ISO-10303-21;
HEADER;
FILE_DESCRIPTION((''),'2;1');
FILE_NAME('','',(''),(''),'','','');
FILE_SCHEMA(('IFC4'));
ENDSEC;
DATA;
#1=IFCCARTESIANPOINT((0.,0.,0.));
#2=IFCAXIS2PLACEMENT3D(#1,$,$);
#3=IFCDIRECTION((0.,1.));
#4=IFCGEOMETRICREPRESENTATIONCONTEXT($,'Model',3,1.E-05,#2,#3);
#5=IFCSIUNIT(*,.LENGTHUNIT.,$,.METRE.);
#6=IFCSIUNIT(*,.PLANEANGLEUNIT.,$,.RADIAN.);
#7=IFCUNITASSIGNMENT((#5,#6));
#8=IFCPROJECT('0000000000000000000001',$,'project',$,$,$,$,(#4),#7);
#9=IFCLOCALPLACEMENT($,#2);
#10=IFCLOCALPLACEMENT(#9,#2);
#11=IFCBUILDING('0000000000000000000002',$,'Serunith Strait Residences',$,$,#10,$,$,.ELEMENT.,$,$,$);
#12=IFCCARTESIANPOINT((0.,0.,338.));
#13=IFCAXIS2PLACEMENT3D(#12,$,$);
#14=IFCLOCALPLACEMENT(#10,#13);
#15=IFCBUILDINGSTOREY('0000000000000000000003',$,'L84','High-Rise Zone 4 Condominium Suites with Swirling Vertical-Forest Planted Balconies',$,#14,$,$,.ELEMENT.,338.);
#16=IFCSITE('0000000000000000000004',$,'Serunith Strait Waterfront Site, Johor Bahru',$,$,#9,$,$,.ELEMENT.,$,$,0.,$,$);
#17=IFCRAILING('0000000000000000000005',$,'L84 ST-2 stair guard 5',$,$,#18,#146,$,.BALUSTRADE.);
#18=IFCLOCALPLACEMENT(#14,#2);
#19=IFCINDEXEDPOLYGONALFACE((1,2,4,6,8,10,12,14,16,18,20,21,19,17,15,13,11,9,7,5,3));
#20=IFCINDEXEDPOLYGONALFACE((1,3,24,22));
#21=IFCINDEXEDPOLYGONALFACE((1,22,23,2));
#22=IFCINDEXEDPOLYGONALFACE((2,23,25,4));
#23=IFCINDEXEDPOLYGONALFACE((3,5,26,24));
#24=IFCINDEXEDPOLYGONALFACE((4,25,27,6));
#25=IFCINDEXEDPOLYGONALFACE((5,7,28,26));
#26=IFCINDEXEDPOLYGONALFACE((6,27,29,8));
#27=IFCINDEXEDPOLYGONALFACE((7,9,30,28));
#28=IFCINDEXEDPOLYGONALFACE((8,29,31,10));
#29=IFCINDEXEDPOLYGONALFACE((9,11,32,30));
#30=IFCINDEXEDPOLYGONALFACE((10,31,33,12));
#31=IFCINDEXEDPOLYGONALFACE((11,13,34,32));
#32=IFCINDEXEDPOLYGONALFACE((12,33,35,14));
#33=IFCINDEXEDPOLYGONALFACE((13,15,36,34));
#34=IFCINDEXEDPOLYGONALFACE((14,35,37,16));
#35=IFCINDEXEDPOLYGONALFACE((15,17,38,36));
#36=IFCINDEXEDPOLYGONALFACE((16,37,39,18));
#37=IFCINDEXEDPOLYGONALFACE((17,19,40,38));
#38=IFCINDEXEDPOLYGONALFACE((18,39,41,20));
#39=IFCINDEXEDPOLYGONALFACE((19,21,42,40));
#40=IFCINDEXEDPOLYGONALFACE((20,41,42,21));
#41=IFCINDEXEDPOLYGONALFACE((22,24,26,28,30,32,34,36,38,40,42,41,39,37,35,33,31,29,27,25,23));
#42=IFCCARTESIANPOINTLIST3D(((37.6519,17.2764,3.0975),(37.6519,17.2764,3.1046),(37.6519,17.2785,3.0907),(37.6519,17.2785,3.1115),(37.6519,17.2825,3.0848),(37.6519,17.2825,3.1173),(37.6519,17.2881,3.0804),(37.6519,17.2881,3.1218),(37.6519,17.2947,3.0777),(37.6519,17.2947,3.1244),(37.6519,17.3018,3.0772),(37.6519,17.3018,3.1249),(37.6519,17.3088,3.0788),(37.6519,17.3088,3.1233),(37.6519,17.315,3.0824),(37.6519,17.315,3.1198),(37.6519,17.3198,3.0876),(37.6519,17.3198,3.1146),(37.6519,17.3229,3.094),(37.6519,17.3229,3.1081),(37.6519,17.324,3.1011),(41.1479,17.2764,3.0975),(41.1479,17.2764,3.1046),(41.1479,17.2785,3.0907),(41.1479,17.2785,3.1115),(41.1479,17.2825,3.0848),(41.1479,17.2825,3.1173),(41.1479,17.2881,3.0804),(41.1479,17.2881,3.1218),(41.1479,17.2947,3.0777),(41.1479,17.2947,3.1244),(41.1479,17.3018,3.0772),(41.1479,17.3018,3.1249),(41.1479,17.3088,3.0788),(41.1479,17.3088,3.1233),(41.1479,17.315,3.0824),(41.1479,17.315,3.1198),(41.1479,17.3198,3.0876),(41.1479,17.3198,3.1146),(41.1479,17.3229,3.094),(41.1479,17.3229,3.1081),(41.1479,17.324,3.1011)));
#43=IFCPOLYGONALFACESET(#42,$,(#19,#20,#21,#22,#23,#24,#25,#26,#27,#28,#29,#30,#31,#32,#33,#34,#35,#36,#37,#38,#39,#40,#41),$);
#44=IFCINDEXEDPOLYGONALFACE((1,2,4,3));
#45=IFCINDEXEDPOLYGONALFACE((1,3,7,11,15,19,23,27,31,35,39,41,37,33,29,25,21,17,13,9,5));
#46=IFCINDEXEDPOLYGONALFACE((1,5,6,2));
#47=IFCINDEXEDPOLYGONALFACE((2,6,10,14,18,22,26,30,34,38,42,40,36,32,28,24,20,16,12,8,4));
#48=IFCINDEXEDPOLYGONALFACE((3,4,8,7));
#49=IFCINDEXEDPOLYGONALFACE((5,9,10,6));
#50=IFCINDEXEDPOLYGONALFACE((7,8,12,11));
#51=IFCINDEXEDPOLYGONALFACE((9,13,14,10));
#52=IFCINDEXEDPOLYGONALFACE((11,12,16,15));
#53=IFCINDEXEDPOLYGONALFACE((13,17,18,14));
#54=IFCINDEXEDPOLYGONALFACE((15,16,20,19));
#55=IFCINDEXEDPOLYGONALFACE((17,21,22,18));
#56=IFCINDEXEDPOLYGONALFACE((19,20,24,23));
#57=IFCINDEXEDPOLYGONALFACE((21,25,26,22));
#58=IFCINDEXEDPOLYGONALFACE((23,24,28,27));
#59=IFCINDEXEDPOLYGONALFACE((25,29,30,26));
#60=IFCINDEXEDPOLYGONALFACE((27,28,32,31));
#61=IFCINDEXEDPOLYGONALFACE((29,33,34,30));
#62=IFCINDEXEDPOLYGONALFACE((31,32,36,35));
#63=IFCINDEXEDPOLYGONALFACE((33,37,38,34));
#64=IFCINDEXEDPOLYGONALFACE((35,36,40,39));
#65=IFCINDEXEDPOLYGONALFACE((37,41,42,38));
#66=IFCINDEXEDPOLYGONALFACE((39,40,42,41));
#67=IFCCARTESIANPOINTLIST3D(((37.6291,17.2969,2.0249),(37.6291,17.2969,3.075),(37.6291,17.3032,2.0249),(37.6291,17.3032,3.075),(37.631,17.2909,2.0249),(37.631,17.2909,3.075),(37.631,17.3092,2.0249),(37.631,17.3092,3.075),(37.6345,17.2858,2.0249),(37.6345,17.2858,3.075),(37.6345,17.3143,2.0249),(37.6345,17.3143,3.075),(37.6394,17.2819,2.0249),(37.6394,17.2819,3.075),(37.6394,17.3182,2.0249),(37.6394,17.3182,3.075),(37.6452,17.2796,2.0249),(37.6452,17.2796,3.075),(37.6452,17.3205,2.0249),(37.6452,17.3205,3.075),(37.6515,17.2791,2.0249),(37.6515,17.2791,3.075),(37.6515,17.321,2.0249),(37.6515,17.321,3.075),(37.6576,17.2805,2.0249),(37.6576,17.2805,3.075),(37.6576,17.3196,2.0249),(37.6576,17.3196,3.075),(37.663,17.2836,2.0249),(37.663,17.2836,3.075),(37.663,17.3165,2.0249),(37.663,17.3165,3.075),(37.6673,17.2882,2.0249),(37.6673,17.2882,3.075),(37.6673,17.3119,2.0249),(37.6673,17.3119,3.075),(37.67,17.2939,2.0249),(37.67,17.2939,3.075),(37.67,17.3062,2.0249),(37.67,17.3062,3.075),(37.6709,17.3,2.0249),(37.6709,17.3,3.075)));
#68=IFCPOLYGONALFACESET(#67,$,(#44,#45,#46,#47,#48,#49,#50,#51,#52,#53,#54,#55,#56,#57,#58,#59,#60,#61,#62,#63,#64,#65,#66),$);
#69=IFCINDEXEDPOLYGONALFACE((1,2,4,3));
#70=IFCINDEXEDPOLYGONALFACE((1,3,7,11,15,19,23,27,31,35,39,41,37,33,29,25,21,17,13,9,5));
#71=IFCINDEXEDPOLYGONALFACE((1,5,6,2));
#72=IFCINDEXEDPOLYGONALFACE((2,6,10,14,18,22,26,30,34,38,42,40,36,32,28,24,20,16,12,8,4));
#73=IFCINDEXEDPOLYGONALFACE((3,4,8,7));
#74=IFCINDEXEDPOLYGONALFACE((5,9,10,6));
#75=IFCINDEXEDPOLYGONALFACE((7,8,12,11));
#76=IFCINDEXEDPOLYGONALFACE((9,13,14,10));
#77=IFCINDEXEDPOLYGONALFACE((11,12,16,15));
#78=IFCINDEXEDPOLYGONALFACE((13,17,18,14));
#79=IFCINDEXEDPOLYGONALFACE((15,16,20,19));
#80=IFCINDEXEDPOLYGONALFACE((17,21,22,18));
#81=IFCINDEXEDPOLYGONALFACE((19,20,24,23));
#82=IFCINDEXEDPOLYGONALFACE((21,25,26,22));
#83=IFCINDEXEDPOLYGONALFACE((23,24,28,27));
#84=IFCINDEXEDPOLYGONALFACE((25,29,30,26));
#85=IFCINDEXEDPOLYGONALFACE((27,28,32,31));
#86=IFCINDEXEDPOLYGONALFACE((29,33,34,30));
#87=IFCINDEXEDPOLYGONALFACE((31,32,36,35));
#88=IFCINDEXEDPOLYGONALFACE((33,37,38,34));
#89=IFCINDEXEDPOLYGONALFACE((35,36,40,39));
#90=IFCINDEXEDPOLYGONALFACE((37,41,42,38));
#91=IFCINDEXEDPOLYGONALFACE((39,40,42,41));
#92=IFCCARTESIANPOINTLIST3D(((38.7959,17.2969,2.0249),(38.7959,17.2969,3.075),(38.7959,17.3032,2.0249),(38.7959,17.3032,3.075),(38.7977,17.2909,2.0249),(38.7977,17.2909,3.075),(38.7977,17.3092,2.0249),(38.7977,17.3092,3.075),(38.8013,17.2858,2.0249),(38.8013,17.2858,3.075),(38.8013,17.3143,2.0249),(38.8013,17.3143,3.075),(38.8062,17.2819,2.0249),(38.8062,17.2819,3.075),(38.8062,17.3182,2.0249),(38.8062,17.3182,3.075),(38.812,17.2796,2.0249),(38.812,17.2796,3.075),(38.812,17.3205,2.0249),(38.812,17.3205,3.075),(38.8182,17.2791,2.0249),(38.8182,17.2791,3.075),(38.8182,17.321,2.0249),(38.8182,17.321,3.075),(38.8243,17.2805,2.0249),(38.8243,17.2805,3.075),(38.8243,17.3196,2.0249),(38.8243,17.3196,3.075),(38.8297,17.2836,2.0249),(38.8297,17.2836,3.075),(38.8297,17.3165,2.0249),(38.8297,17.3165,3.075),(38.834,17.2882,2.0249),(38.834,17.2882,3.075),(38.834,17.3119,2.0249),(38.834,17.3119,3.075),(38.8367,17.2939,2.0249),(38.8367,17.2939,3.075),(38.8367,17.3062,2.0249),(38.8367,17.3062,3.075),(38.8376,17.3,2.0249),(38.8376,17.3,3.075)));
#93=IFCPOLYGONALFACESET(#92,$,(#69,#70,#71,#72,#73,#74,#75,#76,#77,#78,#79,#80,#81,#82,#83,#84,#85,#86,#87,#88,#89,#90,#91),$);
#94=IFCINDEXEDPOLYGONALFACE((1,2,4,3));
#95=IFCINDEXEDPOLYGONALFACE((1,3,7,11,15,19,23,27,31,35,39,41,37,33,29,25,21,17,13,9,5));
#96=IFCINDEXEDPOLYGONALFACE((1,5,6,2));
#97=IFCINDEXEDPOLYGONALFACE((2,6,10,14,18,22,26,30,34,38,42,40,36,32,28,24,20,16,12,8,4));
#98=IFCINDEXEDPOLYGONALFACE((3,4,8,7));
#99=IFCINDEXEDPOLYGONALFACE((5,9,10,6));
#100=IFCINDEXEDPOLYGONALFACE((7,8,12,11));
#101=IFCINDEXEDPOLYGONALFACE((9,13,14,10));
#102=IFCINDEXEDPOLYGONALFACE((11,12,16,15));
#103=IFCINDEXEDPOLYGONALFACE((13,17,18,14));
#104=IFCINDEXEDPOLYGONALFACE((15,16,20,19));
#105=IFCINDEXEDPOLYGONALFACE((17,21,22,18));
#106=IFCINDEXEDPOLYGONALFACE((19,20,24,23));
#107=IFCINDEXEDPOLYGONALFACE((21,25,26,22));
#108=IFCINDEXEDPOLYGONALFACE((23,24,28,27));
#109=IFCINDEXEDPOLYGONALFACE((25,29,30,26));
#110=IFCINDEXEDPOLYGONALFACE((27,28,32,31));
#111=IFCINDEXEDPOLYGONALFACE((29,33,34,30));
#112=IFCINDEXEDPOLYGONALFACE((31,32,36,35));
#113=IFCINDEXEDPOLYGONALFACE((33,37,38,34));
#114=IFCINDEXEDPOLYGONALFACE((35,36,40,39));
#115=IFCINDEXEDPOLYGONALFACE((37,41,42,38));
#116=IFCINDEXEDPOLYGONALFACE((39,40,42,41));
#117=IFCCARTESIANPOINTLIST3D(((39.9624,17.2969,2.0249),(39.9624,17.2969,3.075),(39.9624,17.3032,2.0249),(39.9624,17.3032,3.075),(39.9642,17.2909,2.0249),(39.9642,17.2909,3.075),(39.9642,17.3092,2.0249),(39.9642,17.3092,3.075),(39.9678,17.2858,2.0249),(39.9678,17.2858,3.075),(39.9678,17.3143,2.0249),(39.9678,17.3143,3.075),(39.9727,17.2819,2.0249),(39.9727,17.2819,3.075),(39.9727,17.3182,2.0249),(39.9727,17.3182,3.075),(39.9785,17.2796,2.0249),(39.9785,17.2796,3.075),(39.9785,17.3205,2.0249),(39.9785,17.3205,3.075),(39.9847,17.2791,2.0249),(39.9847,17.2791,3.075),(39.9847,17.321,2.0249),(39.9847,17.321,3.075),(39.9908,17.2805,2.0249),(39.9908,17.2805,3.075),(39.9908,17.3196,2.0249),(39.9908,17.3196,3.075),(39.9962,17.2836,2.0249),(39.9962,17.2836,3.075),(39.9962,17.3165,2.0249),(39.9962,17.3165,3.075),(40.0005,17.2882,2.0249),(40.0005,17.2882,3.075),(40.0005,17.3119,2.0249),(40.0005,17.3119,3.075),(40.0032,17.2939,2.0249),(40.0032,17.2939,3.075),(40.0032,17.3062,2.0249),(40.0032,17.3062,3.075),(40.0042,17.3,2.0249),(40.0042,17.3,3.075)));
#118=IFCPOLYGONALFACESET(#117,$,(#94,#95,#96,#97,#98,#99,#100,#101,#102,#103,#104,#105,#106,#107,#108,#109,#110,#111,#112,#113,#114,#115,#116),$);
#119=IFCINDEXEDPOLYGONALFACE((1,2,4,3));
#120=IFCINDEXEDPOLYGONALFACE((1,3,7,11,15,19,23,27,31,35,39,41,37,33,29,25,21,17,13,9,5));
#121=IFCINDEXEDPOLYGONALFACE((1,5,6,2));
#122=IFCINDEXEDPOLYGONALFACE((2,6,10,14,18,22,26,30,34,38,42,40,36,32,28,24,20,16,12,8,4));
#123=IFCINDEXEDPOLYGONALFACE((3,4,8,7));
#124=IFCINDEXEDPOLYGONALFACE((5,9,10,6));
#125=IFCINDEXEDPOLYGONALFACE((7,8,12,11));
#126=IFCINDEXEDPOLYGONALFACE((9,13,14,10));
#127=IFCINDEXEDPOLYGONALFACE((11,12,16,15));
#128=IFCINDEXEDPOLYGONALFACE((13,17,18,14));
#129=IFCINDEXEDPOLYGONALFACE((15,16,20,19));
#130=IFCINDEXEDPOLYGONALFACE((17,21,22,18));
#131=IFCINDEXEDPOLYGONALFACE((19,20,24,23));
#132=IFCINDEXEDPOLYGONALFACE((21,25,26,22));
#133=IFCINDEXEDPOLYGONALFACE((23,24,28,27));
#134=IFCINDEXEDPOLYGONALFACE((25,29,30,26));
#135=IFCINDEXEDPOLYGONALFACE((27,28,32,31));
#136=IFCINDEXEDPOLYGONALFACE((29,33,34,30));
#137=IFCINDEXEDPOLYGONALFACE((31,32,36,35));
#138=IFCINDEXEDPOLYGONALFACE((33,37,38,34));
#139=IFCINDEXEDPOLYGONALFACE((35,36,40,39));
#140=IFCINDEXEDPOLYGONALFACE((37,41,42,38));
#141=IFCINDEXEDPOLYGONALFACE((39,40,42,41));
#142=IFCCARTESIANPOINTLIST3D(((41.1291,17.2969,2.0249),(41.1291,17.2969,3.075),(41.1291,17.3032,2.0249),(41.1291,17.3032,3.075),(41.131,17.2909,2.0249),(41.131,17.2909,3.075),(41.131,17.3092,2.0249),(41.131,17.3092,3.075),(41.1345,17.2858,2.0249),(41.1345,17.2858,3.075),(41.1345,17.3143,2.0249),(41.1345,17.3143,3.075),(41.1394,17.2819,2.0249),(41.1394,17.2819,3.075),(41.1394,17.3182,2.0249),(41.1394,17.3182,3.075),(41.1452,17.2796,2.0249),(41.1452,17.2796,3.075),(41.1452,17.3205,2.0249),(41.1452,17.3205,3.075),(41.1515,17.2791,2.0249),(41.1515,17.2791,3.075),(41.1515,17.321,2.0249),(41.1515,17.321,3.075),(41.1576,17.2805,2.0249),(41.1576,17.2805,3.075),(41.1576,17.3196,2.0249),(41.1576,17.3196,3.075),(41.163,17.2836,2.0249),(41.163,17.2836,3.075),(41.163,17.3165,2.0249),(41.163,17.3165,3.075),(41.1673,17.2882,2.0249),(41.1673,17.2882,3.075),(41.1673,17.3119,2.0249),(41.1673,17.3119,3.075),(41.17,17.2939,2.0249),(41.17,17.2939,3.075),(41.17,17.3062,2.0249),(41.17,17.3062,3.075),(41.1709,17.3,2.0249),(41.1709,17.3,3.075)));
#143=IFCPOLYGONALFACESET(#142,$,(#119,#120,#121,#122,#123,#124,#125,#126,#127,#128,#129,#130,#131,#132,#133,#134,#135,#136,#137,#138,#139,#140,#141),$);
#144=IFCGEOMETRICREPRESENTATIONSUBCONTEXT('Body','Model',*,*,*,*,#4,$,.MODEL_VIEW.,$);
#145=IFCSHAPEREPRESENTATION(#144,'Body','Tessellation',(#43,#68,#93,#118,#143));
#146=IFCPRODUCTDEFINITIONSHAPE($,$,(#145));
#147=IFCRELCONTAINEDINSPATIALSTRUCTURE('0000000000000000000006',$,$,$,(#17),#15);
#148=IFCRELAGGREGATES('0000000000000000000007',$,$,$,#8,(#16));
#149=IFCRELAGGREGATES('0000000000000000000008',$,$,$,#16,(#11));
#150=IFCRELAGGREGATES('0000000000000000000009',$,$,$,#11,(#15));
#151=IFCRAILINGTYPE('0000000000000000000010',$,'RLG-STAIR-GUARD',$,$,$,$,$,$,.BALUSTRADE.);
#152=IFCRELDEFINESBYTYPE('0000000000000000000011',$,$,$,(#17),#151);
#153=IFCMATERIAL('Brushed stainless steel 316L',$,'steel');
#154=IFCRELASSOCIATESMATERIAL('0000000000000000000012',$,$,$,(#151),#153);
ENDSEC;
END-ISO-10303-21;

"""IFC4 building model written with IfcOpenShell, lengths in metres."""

from ifc_helpers import new_model, si_unit, direction, frame, origin, origin_2d, place, context, subcontext, project, spatial, circle, extrude, material, type_object, element, save


model = new_model("IFC4")

# Units and contexts
model_context = context("Model", 3, precision=1e-05, world=origin(), true_north=direction((0.0, 1.0)))
body_context = subcontext(model_context, "Body", "Model", "MODEL_VIEW")
ifc_project = project(units=[si_unit("LENGTHUNIT", "METRE"), si_unit("PLANEANGLEUNIT", "RADIAN")], contexts=[model_context])

# Site, building, storey
site_placement = place(None, origin())
site = spatial("IfcSite", under=ifc_project, at=site_placement, Name="Serunith Strait Waterfront Site, Johor Bahru", CompositionType="ELEMENT", RefElevation=0.0)
building_placement = place(site_placement, origin())
building = spatial("IfcBuilding", under=site, at=building_placement, Name="Serunith Strait Residences", CompositionType="ELEMENT")
storey_placement = place(building_placement, frame((0.0, 0.0, 338.0)))
storey = spatial("IfcBuildingStorey", under=building, at=storey_placement, Name="L84", Description="High-Rise Zone 4 Condominium Suites with Swirling Vertical-Forest Planted Balconies", CompositionType="ELEMENT", Elevation=338.0)

# Railing
ifc_material_1 = material(Name="Brushed stainless steel 316L", Category="steel")
railing_type_1 = type_object("IfcRailingType", Name="RLG-STAIR-GUARD", PredefinedType="BALUSTRADE", material=ifc_material_1)
railing_1_placement = place(storey_placement, frame((37.6499, 17.3, 2.0249)))
element("IfcRailing", 1, at=railing_1_placement, inside=storey, type_object=railing_type_1, Name="L84 ST-2 stair guard 5", PredefinedType="BALUSTRADE", context=body_context, shape_type="SweptSolid", body=[
    extrude(circle(Radius=0.0239, at=origin_2d()), frame((0.002, 0.0, 1.0762), z_axis=(1.0, 0.0, 0.0), x_axis=(0.0, 1.0, 0.0)), (0.0, 0.0, 1.0), 3.4961),
    extrude(circle(Radius=0.021, at=origin_2d()), origin(), (0.0, 0.0, 1.0), 1.05),
    extrude(circle(Radius=0.021, at=origin_2d()), frame((1.1667, 0.0, 0.0)), (0.0, 0.0, 1.0), 1.05),
    extrude(circle(Radius=0.021, at=origin_2d()), frame((2.3333, 0.0, 0.0)), (0.0, 0.0, 1.0), 1.05),
    extrude(circle(Radius=0.021, at=origin_2d()), frame((3.5, 0.0, 0.0)), (0.0, 0.0, 1.0), 1.05),
])

save(model, "model.ifc")
